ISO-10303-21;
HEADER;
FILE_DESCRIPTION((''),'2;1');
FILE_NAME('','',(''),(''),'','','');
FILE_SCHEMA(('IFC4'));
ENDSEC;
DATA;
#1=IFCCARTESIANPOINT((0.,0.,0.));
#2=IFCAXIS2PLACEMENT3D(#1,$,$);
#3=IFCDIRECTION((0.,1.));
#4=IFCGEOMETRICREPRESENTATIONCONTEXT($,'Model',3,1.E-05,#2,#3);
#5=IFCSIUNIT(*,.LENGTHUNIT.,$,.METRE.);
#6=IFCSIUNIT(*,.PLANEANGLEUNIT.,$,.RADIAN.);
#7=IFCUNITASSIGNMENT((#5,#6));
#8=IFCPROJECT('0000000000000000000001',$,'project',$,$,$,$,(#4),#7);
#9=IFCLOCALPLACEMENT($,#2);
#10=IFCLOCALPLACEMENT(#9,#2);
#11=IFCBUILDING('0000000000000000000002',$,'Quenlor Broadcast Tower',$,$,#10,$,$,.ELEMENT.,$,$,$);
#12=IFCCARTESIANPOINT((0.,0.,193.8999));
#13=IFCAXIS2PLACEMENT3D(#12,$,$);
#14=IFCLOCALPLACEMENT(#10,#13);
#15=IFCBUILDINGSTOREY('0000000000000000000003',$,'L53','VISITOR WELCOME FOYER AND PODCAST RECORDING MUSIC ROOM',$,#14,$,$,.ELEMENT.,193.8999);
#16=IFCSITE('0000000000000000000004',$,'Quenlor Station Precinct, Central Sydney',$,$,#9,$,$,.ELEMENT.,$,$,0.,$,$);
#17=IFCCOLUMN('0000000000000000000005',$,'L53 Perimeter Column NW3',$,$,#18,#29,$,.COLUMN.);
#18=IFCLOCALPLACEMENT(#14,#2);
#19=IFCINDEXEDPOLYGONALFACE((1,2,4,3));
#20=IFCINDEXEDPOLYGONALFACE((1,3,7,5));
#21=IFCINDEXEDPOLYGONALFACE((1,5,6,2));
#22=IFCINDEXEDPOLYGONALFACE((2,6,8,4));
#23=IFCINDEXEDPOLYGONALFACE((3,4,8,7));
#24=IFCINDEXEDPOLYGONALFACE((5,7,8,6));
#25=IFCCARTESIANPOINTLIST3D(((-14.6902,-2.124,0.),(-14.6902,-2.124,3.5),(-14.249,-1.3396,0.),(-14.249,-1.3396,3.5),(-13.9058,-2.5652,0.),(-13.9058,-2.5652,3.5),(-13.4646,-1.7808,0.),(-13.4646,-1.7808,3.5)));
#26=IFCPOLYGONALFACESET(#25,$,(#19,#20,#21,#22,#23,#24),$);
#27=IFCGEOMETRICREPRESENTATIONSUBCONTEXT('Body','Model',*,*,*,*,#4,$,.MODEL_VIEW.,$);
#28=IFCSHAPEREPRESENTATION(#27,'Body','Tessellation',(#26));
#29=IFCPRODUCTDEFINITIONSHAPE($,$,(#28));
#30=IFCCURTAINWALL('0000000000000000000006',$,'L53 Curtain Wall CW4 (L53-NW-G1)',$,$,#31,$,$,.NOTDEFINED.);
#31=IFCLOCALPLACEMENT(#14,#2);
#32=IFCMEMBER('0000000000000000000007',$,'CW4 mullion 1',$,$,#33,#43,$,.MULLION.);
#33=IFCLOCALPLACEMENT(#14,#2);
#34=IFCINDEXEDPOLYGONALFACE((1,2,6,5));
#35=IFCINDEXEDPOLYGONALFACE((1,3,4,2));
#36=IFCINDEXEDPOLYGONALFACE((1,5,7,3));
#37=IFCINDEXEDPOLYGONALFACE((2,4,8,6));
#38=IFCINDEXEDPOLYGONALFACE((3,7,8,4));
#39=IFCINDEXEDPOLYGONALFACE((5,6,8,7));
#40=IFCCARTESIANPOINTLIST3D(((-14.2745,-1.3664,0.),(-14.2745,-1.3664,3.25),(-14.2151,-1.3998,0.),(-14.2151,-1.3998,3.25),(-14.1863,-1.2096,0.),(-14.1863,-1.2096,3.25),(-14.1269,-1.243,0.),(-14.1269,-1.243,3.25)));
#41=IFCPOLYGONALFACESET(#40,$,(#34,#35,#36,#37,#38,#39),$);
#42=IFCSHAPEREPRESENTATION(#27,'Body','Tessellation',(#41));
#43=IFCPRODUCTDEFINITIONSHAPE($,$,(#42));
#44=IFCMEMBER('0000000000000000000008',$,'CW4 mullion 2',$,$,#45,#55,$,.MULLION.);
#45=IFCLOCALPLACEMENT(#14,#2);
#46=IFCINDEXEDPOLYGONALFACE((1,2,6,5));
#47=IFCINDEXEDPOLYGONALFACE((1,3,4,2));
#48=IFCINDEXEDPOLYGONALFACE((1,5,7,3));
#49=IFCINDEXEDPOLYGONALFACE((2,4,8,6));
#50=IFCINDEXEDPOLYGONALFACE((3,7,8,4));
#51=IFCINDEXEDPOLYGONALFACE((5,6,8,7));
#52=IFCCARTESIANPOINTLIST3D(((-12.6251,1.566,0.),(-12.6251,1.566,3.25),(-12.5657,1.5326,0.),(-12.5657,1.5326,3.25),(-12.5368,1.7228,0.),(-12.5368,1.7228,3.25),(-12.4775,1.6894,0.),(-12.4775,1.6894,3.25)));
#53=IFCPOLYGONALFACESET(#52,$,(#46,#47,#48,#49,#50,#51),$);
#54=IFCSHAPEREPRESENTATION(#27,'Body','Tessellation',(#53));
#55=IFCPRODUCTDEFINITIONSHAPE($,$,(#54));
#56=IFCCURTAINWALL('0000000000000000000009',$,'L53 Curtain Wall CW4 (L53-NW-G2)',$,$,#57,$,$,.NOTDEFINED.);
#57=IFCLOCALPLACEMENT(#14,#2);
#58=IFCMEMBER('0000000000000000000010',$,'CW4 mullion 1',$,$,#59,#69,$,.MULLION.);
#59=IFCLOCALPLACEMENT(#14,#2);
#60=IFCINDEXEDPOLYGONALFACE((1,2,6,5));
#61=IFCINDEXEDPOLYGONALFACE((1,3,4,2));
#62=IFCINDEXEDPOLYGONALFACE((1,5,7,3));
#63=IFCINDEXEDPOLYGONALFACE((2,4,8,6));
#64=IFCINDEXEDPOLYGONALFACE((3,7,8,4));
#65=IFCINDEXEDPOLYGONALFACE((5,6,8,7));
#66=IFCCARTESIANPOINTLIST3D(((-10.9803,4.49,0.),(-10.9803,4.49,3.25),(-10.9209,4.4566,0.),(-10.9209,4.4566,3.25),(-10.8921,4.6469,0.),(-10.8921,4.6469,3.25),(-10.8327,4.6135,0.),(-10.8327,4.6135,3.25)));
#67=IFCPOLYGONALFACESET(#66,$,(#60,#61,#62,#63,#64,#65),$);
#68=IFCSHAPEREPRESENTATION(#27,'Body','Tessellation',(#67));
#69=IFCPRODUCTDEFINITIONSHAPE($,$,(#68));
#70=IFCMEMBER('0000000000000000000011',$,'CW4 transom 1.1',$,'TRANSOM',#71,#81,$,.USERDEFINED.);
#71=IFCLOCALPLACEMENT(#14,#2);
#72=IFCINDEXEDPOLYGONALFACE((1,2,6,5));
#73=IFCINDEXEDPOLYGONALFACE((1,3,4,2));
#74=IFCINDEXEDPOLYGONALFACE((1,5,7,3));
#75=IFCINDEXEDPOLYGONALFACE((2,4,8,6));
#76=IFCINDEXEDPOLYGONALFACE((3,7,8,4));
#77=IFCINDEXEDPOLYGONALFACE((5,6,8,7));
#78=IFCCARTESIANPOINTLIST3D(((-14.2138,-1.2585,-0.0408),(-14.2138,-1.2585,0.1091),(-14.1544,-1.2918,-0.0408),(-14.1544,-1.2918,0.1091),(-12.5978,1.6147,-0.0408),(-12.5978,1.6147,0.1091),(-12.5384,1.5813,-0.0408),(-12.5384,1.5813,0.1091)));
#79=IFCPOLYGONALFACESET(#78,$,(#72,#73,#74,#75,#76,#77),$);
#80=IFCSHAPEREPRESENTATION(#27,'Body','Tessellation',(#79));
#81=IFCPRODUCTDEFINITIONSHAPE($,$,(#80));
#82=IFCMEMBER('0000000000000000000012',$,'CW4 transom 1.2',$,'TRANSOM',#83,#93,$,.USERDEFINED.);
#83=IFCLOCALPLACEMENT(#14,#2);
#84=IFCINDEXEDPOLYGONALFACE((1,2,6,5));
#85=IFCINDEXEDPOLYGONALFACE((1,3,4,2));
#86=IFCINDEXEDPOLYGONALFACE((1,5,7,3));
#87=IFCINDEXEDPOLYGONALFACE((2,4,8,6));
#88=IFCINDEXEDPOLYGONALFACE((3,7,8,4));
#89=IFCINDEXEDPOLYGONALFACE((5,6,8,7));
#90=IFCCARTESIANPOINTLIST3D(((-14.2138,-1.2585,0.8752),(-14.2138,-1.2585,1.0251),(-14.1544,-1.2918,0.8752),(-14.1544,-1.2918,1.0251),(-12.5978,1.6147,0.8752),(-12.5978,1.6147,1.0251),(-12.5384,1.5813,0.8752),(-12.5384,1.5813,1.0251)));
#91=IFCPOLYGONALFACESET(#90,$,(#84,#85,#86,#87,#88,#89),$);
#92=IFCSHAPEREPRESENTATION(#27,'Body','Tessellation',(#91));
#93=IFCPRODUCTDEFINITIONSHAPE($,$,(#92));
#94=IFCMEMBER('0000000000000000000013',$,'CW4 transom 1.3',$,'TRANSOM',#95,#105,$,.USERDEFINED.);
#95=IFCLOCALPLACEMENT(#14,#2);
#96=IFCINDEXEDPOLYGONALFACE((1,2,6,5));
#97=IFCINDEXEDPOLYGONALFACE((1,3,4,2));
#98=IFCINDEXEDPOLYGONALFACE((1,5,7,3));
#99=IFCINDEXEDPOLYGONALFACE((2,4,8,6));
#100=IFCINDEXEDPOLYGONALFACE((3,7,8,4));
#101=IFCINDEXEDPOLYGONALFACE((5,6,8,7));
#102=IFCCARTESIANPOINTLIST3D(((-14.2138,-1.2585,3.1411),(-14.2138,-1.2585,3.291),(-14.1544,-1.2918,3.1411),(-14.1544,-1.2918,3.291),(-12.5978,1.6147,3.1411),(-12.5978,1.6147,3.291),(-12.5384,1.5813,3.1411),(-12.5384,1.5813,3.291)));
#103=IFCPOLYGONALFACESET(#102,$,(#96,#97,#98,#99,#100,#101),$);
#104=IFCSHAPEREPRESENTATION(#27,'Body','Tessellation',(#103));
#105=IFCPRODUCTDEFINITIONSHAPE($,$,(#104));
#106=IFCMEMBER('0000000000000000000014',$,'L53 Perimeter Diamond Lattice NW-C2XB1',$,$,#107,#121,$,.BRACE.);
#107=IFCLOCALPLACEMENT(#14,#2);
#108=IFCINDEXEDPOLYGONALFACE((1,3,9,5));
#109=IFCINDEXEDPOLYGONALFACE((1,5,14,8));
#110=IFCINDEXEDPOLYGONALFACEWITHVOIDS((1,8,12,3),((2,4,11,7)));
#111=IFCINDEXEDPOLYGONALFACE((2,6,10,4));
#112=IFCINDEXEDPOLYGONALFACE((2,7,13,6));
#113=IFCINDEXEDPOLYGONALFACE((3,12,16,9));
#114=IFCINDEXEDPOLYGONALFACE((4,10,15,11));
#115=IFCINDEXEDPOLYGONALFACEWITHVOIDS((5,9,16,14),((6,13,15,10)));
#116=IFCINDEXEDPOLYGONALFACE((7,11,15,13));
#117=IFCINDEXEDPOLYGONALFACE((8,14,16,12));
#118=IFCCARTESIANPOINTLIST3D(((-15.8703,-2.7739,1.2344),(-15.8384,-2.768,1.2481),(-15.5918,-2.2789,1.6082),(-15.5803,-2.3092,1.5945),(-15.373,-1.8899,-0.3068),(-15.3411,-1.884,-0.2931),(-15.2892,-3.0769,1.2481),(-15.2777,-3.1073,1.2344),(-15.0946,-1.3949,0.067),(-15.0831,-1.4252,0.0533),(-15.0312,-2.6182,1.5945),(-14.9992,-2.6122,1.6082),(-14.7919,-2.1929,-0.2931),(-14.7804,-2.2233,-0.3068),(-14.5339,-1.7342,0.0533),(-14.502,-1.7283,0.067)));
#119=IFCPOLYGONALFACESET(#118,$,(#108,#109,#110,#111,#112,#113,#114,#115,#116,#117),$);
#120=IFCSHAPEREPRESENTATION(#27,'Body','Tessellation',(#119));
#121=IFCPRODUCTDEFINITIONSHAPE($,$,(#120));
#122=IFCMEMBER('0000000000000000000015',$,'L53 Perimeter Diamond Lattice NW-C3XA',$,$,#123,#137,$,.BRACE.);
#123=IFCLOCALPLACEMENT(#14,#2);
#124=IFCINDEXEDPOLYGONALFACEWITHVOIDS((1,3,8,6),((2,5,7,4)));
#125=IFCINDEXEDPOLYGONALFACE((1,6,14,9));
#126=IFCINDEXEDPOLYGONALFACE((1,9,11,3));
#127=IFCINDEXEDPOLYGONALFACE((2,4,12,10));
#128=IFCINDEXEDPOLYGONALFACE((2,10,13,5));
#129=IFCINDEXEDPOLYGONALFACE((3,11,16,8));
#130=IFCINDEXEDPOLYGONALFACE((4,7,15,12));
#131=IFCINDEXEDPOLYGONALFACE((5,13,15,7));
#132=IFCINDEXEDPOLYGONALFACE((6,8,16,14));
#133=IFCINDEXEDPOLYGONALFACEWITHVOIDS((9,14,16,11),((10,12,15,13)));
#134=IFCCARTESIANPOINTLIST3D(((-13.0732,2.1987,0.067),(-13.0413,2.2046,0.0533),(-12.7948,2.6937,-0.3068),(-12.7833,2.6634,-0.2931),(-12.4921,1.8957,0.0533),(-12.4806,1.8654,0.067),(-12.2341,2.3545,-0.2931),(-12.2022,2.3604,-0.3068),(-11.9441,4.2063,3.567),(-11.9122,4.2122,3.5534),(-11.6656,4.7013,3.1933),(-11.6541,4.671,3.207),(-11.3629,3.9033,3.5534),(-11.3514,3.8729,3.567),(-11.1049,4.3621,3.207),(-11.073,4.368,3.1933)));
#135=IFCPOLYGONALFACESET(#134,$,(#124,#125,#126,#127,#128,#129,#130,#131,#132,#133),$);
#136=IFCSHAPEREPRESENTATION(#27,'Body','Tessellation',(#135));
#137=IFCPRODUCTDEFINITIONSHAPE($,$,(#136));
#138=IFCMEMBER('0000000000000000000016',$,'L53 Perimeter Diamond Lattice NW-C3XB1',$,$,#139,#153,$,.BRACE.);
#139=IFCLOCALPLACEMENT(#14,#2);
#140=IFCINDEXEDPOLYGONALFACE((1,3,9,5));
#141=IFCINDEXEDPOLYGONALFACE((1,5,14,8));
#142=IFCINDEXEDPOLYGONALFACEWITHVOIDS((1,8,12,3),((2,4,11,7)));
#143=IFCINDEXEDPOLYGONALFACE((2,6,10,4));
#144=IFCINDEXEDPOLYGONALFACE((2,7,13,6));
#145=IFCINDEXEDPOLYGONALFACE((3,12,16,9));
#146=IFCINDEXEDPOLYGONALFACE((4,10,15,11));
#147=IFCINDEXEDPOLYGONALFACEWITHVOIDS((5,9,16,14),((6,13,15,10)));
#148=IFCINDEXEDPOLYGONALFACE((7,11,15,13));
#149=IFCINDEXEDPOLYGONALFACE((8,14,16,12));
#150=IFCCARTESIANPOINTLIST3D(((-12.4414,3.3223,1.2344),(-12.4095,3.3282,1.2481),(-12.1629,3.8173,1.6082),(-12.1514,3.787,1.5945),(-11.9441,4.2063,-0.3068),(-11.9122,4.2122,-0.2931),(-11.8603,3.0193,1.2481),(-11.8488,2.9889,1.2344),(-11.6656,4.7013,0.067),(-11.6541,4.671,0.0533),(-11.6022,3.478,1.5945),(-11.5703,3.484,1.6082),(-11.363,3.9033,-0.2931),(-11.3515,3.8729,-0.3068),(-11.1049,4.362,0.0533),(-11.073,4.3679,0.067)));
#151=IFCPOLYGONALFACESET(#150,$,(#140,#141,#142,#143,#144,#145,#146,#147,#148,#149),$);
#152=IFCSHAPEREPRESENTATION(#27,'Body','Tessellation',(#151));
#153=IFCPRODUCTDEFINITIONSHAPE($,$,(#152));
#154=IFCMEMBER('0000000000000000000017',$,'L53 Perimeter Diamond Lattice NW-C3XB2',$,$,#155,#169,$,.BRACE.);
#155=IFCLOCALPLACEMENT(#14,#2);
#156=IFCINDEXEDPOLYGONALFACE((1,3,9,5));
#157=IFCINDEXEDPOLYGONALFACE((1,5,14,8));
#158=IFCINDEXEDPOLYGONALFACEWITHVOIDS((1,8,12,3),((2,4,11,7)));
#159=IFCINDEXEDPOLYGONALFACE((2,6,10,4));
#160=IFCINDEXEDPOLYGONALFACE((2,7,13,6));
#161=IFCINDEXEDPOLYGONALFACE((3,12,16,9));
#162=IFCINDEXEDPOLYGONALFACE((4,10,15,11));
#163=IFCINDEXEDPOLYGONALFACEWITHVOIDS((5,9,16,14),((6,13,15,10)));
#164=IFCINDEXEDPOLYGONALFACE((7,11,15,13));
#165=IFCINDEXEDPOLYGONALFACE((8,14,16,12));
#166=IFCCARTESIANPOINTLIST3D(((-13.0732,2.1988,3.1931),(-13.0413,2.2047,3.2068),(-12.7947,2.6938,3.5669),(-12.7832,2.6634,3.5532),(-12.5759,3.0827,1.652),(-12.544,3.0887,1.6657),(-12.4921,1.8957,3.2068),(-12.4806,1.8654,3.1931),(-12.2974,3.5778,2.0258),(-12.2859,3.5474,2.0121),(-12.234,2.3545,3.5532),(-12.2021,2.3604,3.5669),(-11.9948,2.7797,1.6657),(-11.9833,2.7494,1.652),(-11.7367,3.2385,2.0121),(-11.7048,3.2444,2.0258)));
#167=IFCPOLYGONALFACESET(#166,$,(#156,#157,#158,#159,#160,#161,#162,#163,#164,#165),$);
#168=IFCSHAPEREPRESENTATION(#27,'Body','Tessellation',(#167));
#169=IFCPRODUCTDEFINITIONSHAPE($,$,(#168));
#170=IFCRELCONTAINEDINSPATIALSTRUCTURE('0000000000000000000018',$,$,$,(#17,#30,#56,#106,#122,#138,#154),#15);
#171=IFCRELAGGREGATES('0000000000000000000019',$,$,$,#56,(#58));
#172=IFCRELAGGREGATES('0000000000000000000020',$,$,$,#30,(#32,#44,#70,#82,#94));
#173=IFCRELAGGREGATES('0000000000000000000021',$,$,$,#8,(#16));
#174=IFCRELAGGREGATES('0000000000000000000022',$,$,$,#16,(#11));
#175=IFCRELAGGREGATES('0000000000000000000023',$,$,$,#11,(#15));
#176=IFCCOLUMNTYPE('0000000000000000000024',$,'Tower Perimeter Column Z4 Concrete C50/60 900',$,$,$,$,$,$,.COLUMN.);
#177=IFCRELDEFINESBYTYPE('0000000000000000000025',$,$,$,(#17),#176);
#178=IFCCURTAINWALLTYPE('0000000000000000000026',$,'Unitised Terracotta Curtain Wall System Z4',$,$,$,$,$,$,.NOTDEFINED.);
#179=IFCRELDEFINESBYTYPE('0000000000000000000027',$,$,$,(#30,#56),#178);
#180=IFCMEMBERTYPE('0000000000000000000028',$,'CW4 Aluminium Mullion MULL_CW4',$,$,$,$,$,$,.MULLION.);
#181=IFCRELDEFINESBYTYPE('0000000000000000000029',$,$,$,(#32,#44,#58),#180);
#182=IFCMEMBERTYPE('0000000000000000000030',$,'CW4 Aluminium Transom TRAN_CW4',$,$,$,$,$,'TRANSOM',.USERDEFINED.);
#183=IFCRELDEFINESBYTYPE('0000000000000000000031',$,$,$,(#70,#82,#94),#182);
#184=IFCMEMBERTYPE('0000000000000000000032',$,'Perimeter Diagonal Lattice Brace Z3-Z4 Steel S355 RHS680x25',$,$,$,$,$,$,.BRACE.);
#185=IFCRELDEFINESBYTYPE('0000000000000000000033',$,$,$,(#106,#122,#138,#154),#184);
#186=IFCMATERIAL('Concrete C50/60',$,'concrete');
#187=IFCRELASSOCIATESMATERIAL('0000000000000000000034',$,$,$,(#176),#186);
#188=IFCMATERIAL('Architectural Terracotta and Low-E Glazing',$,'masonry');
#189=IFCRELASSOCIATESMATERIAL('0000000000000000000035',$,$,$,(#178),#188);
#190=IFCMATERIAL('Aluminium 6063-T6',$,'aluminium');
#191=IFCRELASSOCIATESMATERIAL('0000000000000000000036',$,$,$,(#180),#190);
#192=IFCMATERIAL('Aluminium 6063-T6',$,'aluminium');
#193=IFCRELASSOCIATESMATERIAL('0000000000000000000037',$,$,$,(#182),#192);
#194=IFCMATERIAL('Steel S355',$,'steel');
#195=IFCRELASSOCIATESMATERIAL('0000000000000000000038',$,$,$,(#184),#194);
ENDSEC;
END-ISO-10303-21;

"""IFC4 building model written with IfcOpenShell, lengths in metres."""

from ifc_helpers import new_model, si_unit, direction, frame, origin, origin_2d, place, context, subcontext, project, spatial, rectangle, hollow_rectangle, extrude, material, material_profile, profile_set, type_object, element, aggregate, save


model = new_model("IFC4")

# Units and contexts
model_context = context("Model", 3, precision=1e-05, world=origin(), true_north=direction((0.0, 1.0)))
body_context = subcontext(model_context, "Body", "Model", "MODEL_VIEW")
ifc_project = project(units=[si_unit("LENGTHUNIT", "METRE"), si_unit("PLANEANGLEUNIT", "RADIAN")], contexts=[model_context])

# Site, building, storey
site_placement = place(None, origin())
site = spatial("IfcSite", under=ifc_project, at=site_placement, Name="Quenlor Station Precinct, Central Sydney", CompositionType="ELEMENT", RefElevation=0.0)
building_placement = place(site_placement, origin())
building = spatial("IfcBuilding", under=site, at=building_placement, Name="Quenlor Broadcast Tower", CompositionType="ELEMENT")
storey_placement = place(building_placement, frame((0.0, 0.0, 193.8999)))
storey = spatial("IfcBuildingStorey", under=building, at=storey_placement, Name="L53", Description="VISITOR WELCOME FOYER AND PODCAST RECORDING MUSIC ROOM", CompositionType="ELEMENT", Elevation=193.8999)

# Column
ifc_material_1 = material(Name="Concrete C50/60", Category="concrete")
ifc_material_profile_1 = material_profile(ifc_material_1, rectangle(XDim=0.8999, YDim=0.8999, at=origin_2d()))
ifc_profile_set_1 = profile_set([ifc_material_profile_1], Name="Concrete C50/60 RC900x900")
column_type = type_object("IfcColumnType", Name="Tower Perimeter Column Z4 Concrete C50/60 900", PredefinedType="COLUMN", material=ifc_profile_set_1)
column_placement = place(storey_placement, frame((-14.0774, -1.9524, 0.0), z_axis=(0.0, 0.0, 1.0), x_axis=(-0.871575, 0.490262, 0.0)))
element("IfcColumn", 1, at=column_placement, inside=storey, type_object=column_type, Name="L53 Perimeter Column NW3", PredefinedType="COLUMN", context=body_context, shape_type="SweptSolid", body=[
    extrude(rectangle(XDim=0.8999, YDim=0.8999, at=origin_2d()), origin(), (0.0, 0.0, 1.0), 3.5),
])

# Curtain wall, members
ifc_material_2 = material(Name="Architectural Terracotta and Low-E Glazing", Category="masonry")
curtain_wall_type = type_object("IfcCurtainWallType", Name="Unitised Terracotta Curtain Wall System Z4", PredefinedType="NOTDEFINED", material=ifc_material_2)
curtain_wall_1_placement = place(storey_placement, origin())
curtain_wall_1 = element("IfcCurtainWall", 2, at=curtain_wall_1_placement, inside=storey, type_object=curtain_wall_type, Name="L53 Curtain Wall CW4 (L53-NW-G1)", PredefinedType="NOTDEFINED")
ifc_material_3 = material(Name="Aluminium 6063-T6", Category="aluminium")
ifc_material_profile_2 = material_profile(ifc_material_3, rectangle(XDim=0.0681, YDim=0.1799, at=origin_2d()))
ifc_profile_set_2 = profile_set([ifc_material_profile_2], Name="Aluminium 6063-T6 MULL68x180")
member_type_1 = type_object("IfcMemberType", Name="CW4 Aluminium Mullion MULL_CW4", PredefinedType="MULLION", material=ifc_profile_set_2)
member_1_placement = place(storey_placement, frame((-14.2007, -1.3047, 0.0), z_axis=(0.0, 0.0, 1.0), x_axis=(-0.871578, 0.490257, 0.0)))
member_1 = element("IfcMember", 3, at=member_1_placement, type_object=member_type_1, Name="CW4 mullion 1", PredefinedType="MULLION", context=body_context, shape_type="SweptSolid", body=[
    extrude(rectangle(XDim=0.0681, YDim=0.1799, at=origin_2d()), origin(), (0.0, 0.0, 1.0), 3.25),
])
member_2_placement = place(storey_placement, frame((-12.5513, 1.6277, 0.0), z_axis=(0.0, 0.0, 1.0), x_axis=(-0.871578, 0.490257, 0.0)))
member_2 = element("IfcMember", 4, at=member_2_placement, type_object=member_type_1, Name="CW4 mullion 2", PredefinedType="MULLION", context=body_context, shape_type="SweptSolid", body=[
    extrude(rectangle(XDim=0.0681, YDim=0.1799, at=origin_2d()), origin(), (0.0, 0.0, 1.0), 3.25),
])

# Curtain wall, member
curtain_wall_2_placement = place(storey_placement, origin())
curtain_wall_2 = element("IfcCurtainWall", 5, at=curtain_wall_2_placement, inside=storey, type_object=curtain_wall_type, Name="L53 Curtain Wall CW4 (L53-NW-G2)", PredefinedType="NOTDEFINED")
member_3_placement = place(storey_placement, frame((-10.9065, 4.5518, 0.0), z_axis=(0.0, 0.0, 1.0), x_axis=(-0.871578, 0.490257, 0.0)))
member_3 = element("IfcMember", 6, at=member_3_placement, type_object=member_type_1, Name="CW4 mullion 1", PredefinedType="MULLION", context=body_context, shape_type="SweptSolid", body=[
    extrude(rectangle(XDim=0.0681, YDim=0.1799, at=origin_2d()), origin(), (0.0, 0.0, 1.0), 3.25),
])
aggregate(curtain_wall_2, [member_3])

# Members
ifc_material_4 = material(Name="Aluminium 6063-T6", Category="aluminium")
ifc_material_profile_3 = material_profile(ifc_material_4, rectangle(XDim=0.0681, YDim=0.1499, at=origin_2d()))
ifc_profile_set_3 = profile_set([ifc_material_profile_3], Name="Aluminium 6063-T6 TRAN68x150")
member_type_2 = type_object("IfcMemberType", Name="CW4 Aluminium Transom TRAN_CW4", ElementType="TRANSOM", PredefinedType="USERDEFINED", material=ifc_profile_set_3)
member_4_placement = place(storey_placement, frame((-14.1841, -1.2751, 0.0342), z_axis=(0.490233, 0.871591, 0.0), x_axis=(-0.871591, 0.490233, 0.0)))
member_4 = element("IfcMember", 7, at=member_4_placement, type_object=member_type_2, Name="CW4 transom 1.1", ObjectType="TRANSOM", PredefinedType="USERDEFINED", context=body_context, shape_type="SweptSolid", body=[
    extrude(rectangle(XDim=0.0681, YDim=0.1499, at=origin_2d()), origin(), (0.0, 0.0, 1.0), 3.2964),
])
member_5_placement = place(storey_placement, frame((-14.1841, -1.2751, 0.9502), z_axis=(0.490233, 0.871591, 0.0), x_axis=(-0.871591, 0.490233, 0.0)))
member_5 = element("IfcMember", 8, at=member_5_placement, type_object=member_type_2, Name="CW4 transom 1.2", ObjectType="TRANSOM", PredefinedType="USERDEFINED", context=body_context, shape_type="SweptSolid", body=[
    extrude(rectangle(XDim=0.0681, YDim=0.1499, at=origin_2d()), origin(), (0.0, 0.0, 1.0), 3.2964),
])
member_6_placement = place(storey_placement, frame((-14.1841, -1.2751, 3.2161), z_axis=(0.490233, 0.871591, 0.0), x_axis=(-0.871591, 0.490233, 0.0)))
member_6 = element("IfcMember", 9, at=member_6_placement, type_object=member_type_2, Name="CW4 transom 1.3", ObjectType="TRANSOM", PredefinedType="USERDEFINED", context=body_context, shape_type="SweptSolid", body=[
    extrude(rectangle(XDim=0.0681, YDim=0.1499, at=origin_2d()), origin(), (0.0, 0.0, 1.0), 3.2964),
])

# Members
ifc_material_5 = material(Name="Steel S355", Category="steel")
ifc_material_profile_4 = material_profile(ifc_material_5, hollow_rectangle(XDim=0.6799, YDim=0.6799, WallThickness=0.0249, at=origin_2d()))
ifc_profile_set_4 = profile_set([ifc_material_profile_4], Name="Steel S355 RHS680x680x25")
member_type_3 = type_object("IfcMemberType", Name="Perimeter Diagonal Lattice Brace Z3-Z4 Steel S355 RHS680x25", PredefinedType="BRACE", material=ifc_profile_set_4)
member_7_placement = place(storey_placement, frame((-14.9375, -1.8091, -0.1199), z_axis=(-0.269536, -0.47913, 0.835335), x_axis=(0.871556, -0.490296, 0.0)))
element("IfcMember", 10, at=member_7_placement, inside=storey, type_object=member_type_3, Name="L53 Perimeter Diamond Lattice NW-C2XB1", PredefinedType="BRACE", context=body_context, shape_type="SweptSolid", body=[
    extrude(hollow_rectangle(XDim=0.6799, YDim=0.6799, WallThickness=0.0249, at=origin_2d()), origin(), (0.0, 0.0, 1.0), 1.845),
])
member_8_placement = place(storey_placement, frame((-12.6377, 2.2795, -0.1199), z_axis=(0.269493, 0.479144, 0.835341), x_axis=(-0.871595, 0.490226, 0.0)))
element("IfcMember", 11, at=member_8_placement, inside=storey, type_object=member_type_3, Name="L53 Perimeter Diamond Lattice NW-C3XA", PredefinedType="BRACE", context=body_context, shape_type="SweptSolid", body=[
    extrude(hollow_rectangle(XDim=0.6799, YDim=0.6799, WallThickness=0.0249, at=origin_2d()), origin(), (0.0, 0.0, 1.0), 4.1899),
])
for number, where, z_axis, x_axis, name in (
    (12, (-11.5085, 4.2871, -0.1199), (-0.269536, -0.47913, 0.835335), (0.871556, -0.490296, 0.0), "L53 Perimeter Diamond Lattice NW-C3XB1"),
    (13, (-12.1404, 3.1636, 1.8389), (-0.269536, -0.47913, 0.835335), (0.871556, -0.490296, 0.0), "L53 Perimeter Diamond Lattice NW-C3XB2"),
):
    element("IfcMember", number, at=place(storey_placement, frame(where, z_axis=z_axis, x_axis=x_axis)), inside=storey, type_object=member_type_3, Name=name, PredefinedType="BRACE", context=body_context, shape_type="SweptSolid", body=[
        extrude(hollow_rectangle(XDim=0.6799, YDim=0.6799, WallThickness=0.0249, at=origin_2d()), origin(), (0.0, 0.0, 1.0), 1.845),
    ])

aggregate(curtain_wall_1, [member_1, member_2, member_4, member_5, member_6])

save(model, "model.ifc")
